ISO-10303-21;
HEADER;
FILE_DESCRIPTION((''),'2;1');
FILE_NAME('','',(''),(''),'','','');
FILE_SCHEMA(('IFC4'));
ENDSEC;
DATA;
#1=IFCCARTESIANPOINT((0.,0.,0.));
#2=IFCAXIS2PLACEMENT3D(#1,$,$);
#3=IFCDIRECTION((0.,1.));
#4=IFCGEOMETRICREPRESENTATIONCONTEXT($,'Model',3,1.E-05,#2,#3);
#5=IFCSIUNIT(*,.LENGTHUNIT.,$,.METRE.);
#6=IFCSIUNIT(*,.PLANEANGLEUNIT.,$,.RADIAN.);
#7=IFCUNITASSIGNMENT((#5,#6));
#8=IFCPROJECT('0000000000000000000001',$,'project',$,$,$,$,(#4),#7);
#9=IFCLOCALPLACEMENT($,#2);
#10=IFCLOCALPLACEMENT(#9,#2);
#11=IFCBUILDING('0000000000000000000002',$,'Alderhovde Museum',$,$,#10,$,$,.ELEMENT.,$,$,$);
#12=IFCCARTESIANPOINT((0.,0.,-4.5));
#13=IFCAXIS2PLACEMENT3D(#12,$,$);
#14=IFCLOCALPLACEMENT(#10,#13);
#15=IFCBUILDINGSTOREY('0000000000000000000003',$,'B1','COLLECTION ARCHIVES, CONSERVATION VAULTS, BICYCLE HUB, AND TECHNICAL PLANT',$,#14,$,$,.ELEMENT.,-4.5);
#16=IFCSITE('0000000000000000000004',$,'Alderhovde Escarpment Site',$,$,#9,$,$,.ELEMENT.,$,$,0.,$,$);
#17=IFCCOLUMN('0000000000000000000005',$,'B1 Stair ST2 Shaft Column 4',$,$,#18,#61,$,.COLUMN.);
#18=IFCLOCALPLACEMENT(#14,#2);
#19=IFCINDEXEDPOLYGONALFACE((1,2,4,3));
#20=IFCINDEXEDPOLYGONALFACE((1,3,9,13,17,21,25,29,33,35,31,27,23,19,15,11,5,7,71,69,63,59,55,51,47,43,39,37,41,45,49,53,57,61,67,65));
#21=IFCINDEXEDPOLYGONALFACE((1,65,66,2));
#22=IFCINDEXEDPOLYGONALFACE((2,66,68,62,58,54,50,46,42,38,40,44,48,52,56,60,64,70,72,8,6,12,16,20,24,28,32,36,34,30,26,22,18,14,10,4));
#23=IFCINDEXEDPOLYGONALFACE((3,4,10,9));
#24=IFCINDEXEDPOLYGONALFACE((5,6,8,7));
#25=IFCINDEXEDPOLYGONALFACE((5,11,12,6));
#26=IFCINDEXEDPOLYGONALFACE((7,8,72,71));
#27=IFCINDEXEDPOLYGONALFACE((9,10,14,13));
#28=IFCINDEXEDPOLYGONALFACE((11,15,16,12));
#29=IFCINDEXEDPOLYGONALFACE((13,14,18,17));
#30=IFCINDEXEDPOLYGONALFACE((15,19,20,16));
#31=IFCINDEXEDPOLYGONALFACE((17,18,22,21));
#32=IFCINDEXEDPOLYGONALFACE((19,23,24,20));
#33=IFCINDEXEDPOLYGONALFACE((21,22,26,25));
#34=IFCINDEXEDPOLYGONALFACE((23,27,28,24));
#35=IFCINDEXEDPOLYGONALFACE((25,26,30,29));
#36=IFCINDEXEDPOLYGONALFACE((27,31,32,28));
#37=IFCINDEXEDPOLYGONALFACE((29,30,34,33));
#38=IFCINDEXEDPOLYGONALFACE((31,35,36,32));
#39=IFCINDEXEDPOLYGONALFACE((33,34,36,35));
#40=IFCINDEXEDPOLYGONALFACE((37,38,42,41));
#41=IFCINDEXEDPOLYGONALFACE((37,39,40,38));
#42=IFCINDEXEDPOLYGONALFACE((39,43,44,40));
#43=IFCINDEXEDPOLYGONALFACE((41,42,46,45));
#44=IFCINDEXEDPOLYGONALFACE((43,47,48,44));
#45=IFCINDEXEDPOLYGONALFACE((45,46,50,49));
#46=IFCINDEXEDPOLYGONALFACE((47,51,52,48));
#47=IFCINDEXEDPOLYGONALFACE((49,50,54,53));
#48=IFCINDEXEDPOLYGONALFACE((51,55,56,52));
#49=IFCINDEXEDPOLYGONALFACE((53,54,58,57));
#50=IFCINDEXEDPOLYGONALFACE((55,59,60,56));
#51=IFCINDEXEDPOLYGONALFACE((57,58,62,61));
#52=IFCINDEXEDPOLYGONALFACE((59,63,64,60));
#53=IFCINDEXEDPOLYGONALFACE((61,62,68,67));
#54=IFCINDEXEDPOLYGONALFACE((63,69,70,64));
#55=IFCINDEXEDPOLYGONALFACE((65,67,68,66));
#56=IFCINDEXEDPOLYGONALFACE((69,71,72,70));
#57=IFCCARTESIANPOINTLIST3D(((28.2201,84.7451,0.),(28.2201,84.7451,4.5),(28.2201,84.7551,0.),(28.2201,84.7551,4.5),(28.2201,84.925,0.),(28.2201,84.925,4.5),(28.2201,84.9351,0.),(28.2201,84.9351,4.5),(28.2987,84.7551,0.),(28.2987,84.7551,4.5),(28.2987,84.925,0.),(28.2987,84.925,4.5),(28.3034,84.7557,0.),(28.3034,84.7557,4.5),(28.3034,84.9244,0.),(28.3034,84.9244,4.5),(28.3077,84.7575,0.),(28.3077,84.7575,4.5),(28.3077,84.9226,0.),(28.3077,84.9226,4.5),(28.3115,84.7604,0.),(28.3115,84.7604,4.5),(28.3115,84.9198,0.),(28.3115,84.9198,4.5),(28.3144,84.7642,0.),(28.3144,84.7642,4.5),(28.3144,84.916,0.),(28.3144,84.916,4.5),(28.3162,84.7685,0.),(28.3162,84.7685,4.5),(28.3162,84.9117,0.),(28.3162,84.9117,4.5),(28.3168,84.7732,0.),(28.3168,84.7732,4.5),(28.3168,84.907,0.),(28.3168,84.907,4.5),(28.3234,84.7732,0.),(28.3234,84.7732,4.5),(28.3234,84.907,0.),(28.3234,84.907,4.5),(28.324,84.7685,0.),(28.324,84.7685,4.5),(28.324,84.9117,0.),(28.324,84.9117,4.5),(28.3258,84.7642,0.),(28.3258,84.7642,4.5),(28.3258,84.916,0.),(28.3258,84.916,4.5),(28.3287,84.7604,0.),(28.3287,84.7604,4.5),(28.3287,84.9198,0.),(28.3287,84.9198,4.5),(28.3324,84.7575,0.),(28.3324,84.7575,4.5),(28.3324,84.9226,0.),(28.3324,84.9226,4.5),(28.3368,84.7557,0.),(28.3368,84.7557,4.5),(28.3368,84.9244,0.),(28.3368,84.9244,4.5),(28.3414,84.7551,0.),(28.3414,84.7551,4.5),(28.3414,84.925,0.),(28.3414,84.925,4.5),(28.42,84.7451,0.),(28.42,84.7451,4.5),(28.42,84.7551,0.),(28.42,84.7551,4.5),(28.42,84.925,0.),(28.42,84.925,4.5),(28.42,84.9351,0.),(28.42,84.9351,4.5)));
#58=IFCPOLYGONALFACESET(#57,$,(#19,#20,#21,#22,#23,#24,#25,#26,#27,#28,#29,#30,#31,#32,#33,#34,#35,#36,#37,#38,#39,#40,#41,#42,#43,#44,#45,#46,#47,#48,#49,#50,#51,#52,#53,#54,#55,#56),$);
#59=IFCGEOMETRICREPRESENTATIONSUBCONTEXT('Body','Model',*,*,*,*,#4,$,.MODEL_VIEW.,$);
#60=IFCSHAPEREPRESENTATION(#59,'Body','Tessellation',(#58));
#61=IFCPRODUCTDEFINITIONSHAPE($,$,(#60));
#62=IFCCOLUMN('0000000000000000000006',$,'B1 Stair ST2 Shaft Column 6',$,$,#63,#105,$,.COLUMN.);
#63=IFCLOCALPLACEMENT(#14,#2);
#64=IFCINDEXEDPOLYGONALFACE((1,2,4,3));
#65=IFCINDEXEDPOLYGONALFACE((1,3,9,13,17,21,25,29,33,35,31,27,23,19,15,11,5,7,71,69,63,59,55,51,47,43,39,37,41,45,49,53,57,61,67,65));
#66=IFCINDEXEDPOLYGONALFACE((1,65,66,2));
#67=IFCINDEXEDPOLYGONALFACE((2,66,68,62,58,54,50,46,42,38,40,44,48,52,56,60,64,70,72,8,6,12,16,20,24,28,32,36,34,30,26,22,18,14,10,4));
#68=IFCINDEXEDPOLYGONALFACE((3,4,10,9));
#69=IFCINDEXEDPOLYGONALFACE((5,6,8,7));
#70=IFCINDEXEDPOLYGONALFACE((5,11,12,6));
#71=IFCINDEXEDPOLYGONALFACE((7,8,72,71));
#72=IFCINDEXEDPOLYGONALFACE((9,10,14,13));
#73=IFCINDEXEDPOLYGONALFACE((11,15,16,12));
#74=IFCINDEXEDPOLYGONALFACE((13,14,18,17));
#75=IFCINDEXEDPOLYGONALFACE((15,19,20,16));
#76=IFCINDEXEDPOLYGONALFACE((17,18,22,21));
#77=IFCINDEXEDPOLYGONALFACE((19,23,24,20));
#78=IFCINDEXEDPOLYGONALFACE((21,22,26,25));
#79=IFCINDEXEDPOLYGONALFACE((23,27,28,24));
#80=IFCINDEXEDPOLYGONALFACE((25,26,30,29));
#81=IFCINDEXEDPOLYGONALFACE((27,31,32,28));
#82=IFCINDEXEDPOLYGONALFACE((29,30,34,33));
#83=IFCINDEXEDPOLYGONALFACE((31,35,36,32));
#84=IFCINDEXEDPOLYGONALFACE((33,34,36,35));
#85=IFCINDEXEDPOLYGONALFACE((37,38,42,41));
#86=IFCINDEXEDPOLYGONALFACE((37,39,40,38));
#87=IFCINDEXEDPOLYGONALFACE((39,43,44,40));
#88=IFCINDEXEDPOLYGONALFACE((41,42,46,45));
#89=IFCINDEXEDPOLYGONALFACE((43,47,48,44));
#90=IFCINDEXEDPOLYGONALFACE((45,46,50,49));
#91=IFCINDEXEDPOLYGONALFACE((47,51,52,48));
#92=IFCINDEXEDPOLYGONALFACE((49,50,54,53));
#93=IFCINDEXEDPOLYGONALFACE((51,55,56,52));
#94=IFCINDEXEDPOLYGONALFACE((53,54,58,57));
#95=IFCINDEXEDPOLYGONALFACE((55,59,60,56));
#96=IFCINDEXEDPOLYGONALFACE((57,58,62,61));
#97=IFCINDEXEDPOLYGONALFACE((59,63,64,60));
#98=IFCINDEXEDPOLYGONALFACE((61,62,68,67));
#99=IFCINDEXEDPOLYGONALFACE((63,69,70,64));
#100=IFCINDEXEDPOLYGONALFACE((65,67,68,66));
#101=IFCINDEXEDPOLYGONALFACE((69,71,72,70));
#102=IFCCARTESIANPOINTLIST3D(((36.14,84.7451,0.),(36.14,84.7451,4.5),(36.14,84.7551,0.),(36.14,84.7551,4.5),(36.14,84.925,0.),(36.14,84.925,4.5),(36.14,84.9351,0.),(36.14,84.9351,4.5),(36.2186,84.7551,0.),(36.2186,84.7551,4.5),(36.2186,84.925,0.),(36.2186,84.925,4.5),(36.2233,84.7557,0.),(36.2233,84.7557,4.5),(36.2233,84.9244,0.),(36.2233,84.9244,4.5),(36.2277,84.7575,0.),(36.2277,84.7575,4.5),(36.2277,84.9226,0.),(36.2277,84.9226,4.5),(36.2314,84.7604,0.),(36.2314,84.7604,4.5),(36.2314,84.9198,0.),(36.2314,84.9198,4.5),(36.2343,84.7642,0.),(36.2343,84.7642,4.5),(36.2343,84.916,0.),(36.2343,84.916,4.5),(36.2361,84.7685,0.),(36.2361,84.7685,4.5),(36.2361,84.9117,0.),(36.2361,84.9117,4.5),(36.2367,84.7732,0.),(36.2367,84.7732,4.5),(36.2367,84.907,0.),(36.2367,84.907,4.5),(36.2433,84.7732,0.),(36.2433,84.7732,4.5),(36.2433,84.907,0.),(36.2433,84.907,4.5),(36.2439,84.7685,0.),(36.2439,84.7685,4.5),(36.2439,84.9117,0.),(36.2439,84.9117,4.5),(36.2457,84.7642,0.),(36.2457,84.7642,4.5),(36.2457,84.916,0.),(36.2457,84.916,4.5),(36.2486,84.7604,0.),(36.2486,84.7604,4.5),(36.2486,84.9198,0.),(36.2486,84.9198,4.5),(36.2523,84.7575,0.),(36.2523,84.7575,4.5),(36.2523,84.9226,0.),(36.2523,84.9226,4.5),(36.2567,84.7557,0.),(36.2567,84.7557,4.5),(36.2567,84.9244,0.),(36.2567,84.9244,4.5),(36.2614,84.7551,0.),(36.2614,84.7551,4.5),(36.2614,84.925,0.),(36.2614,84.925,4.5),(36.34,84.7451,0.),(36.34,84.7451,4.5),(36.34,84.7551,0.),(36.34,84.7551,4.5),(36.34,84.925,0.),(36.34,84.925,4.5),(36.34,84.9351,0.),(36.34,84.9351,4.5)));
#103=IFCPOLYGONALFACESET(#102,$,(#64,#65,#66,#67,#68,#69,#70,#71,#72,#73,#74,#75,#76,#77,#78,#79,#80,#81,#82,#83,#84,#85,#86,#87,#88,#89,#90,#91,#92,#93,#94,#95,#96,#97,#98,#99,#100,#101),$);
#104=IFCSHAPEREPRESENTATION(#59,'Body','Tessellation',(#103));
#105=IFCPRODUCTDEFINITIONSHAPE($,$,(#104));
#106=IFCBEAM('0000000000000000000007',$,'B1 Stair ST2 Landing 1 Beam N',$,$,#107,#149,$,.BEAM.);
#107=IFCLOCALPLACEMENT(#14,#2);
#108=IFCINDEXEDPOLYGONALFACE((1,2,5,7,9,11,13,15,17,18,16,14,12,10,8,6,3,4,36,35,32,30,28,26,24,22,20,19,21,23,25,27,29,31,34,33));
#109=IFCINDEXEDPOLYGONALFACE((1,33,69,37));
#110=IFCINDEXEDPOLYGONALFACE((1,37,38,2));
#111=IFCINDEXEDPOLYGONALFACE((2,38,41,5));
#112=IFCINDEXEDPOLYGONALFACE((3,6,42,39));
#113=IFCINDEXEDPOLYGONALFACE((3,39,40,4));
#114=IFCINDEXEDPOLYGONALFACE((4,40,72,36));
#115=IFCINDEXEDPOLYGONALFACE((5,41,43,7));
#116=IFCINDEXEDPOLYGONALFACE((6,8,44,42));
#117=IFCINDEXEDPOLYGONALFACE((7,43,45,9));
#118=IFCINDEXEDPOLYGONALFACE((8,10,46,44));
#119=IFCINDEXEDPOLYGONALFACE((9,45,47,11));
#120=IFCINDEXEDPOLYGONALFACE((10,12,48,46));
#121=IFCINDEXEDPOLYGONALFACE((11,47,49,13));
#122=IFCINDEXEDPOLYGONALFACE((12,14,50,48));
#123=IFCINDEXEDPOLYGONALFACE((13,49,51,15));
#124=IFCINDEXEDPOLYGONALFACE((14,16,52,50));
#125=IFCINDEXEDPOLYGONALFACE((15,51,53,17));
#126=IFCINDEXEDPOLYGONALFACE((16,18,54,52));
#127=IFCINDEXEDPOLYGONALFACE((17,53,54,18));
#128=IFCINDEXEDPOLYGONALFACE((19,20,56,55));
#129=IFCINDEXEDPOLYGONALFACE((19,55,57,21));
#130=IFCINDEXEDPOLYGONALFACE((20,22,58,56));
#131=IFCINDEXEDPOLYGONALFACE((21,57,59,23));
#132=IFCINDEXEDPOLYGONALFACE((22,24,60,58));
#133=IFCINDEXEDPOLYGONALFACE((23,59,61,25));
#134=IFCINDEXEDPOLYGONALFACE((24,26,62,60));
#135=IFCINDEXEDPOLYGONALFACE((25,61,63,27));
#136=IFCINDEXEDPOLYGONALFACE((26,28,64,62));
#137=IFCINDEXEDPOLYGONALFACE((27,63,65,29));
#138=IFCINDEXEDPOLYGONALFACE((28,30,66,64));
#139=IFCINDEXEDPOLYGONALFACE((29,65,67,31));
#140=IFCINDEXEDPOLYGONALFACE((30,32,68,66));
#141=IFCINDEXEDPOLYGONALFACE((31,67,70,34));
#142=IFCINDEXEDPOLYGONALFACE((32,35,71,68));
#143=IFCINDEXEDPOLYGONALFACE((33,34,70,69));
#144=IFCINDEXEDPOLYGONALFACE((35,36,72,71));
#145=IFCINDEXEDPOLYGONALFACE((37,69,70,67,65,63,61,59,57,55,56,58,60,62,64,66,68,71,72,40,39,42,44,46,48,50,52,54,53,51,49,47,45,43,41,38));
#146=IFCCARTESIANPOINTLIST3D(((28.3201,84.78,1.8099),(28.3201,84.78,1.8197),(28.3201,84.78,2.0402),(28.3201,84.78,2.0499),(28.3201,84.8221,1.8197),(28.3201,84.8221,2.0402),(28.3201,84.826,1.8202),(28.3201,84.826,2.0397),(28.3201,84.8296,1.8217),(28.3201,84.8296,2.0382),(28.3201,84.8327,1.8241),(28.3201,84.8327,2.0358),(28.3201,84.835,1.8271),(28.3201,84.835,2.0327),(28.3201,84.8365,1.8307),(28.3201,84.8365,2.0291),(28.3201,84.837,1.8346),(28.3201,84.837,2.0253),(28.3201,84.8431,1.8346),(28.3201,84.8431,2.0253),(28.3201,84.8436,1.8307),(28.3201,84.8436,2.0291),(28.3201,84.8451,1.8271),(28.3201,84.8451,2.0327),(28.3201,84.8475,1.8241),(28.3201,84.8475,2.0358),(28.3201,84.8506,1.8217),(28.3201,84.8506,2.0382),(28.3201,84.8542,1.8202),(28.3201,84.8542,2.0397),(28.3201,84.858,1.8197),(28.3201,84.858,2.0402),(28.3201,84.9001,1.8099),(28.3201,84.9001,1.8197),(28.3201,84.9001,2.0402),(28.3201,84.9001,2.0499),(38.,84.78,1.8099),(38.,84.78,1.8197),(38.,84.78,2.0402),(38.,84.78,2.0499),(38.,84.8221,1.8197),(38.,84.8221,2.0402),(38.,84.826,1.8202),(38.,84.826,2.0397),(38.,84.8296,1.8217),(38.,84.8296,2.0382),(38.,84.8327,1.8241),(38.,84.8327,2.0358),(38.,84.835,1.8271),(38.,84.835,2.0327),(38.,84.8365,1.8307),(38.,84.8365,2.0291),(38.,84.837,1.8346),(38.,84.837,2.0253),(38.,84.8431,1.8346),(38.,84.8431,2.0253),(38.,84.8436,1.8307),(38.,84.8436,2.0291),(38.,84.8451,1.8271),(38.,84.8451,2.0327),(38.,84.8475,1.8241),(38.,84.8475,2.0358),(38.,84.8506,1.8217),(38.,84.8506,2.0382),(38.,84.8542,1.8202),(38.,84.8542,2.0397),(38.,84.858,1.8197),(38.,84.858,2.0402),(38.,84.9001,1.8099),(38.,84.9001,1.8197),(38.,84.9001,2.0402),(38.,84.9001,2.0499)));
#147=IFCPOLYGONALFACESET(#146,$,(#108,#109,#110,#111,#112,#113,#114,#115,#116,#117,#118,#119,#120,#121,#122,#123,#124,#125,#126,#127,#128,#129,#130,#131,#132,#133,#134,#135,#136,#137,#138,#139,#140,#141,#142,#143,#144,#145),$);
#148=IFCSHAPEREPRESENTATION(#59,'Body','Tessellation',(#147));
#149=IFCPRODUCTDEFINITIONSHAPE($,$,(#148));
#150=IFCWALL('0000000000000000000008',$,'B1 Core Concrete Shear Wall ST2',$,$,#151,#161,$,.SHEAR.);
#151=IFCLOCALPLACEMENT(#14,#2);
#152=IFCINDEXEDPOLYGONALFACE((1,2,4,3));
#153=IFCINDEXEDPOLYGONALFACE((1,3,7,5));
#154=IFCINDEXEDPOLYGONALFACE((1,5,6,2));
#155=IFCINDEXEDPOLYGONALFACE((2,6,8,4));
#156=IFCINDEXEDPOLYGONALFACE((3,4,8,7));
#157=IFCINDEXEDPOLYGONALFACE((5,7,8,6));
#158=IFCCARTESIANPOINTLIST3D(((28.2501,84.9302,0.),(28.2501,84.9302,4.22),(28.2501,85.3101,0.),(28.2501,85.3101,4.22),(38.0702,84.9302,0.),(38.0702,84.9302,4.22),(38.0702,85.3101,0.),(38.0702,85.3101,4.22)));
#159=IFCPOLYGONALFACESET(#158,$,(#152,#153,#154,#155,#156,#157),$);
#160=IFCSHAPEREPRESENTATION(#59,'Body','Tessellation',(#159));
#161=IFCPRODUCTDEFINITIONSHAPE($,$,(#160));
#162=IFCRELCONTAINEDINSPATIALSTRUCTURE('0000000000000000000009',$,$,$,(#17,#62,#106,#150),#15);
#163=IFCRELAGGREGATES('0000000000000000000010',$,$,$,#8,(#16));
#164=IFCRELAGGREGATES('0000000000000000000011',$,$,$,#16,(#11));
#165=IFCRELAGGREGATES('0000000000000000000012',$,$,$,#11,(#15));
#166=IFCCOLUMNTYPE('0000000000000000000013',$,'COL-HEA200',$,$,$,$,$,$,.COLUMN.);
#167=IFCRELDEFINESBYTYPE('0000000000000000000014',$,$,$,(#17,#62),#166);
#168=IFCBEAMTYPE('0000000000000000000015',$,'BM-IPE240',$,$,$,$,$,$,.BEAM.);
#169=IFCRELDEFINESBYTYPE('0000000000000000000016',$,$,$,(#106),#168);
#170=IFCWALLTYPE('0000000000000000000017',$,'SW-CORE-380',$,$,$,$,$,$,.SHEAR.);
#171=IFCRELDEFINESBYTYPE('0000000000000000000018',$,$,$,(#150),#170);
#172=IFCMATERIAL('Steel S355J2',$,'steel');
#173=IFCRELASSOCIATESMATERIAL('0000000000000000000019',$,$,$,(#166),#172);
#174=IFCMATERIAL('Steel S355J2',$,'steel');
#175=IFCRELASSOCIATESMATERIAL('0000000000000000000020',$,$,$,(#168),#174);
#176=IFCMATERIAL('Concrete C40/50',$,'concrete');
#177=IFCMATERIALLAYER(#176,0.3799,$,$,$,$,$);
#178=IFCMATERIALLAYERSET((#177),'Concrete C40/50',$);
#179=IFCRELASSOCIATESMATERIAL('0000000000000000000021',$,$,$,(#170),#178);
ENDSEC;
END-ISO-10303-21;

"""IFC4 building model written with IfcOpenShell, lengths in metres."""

from ifc_helpers import new_model, si_unit, direction, frame, frame_2d, origin, origin_2d, place, context, subcontext, project, spatial, rectangle, i_section, extrude, material, layer, layer_set, material_profile, profile_set, type_object, element, save


model = new_model("IFC4")

# Units and contexts
model_context = context("Model", 3, precision=1e-05, world=origin(), true_north=direction((0.0, 1.0)))
body_context = subcontext(model_context, "Body", "Model", "MODEL_VIEW")
ifc_project = project(units=[si_unit("LENGTHUNIT", "METRE"), si_unit("PLANEANGLEUNIT", "RADIAN")], contexts=[model_context])

# Site, building, storey
site_placement = place(None, origin())
site = spatial("IfcSite", under=ifc_project, at=site_placement, Name="Alderhovde Escarpment Site", CompositionType="ELEMENT", RefElevation=0.0)
building_placement = place(site_placement, origin())
building = spatial("IfcBuilding", under=site, at=building_placement, Name="Alderhovde Museum", CompositionType="ELEMENT")
storey_placement = place(building_placement, frame((0.0, 0.0, -4.5)))
storey = spatial("IfcBuildingStorey", under=building, at=storey_placement, Name="B1", Description="COLLECTION ARCHIVES, CONSERVATION VAULTS, BICYCLE HUB, AND TECHNICAL PLANT", CompositionType="ELEMENT", Elevation=-4.5)

# Columns
ifc_material_1 = material(Name="Steel S355J2", Category="steel")
ifc_material_profile_1 = material_profile(ifc_material_1, i_section(OverallWidth=0.2, OverallDepth=0.1899, WebThickness=0.0066, FlangeThickness=0.01, FilletRadius=0.0181, at=origin_2d()), Name="HEA 200")
ifc_profile_set_1 = profile_set([ifc_material_profile_1], Name="Steel S355J2")
column_type = type_object("IfcColumnType", Name="COL-HEA200", PredefinedType="COLUMN", material=ifc_profile_set_1)
for number, where, z_axis, x_axis, name in (
    (1, (28.3201, 84.8401, 0.0), (0.0, 0.0, 1.0), (1.0, 0.0, 0.0), "B1 Stair ST2 Shaft Column 4"),
    (2, (36.24, 84.8401, 0.0), (0.0, 0.0, 1.0), (1.0, 0.0, 0.0), "B1 Stair ST2 Shaft Column 6"),
):
    element("IfcColumn", number, at=place(storey_placement, frame(where, z_axis=z_axis, x_axis=x_axis)), inside=storey, type_object=column_type, Name=name, PredefinedType="COLUMN", context=body_context, shape_type="SweptSolid", body=[
        extrude(i_section(OverallWidth=0.2, OverallDepth=0.1899, WebThickness=0.0066, FlangeThickness=0.01, FilletRadius=0.0181, at=origin_2d()), origin(), (0.0, 0.0, 1.0), 4.5),
    ])

# Beam
ifc_material_2 = material(Name="Steel S355J2", Category="steel")
ifc_material_profile_2 = material_profile(ifc_material_2, i_section(OverallWidth=0.1201, OverallDepth=0.24, WebThickness=0.0061, FlangeThickness=0.0098, FilletRadius=0.0149, at=origin_2d()), Name="IPE 240")
ifc_profile_set_2 = profile_set([ifc_material_profile_2], Name="Steel S355J2")
beam_type = type_object("IfcBeamType", Name="BM-IPE240", PredefinedType="BEAM", material=ifc_profile_set_2)
beam_placement = place(storey_placement, frame((28.3201, 84.8401, 1.9299), z_axis=(1.0, 0.0, 0.0), x_axis=(0.0, 1.0, 0.0)))
element("IfcBeam", 3, at=beam_placement, inside=storey, type_object=beam_type, Name="B1 Stair ST2 Landing 1 Beam N", PredefinedType="BEAM", context=body_context, shape_type="SweptSolid", body=[
    extrude(i_section(OverallWidth=0.1201, OverallDepth=0.24, WebThickness=0.0061, FlangeThickness=0.0098, FilletRadius=0.0149, at=origin_2d()), origin(), (0.0, 0.0, 1.0), 9.6799),
])

# Wall
ifc_material_3 = material(Name="Concrete C40/50", Category="concrete")
ifc_layer = layer(ifc_material_3, 0.3799)
ifc_layer_set = layer_set([ifc_layer], Name="Concrete C40/50")
wall_type = type_object("IfcWallType", Name="SW-CORE-380", PredefinedType="SHEAR", material=ifc_layer_set)
wall_placement = place(storey_placement, frame((28.25, 85.1201, 0.0), z_axis=(0.0, 0.0, 1.0), x_axis=(1.0, 0.0, 0.0)))
element("IfcWall", 4, at=wall_placement, inside=storey, type_object=wall_type, Name="B1 Core Concrete Shear Wall ST2", PredefinedType="SHEAR", context=body_context, shape_type="SweptSolid", body=[
    extrude(rectangle(XDim=9.8201, YDim=0.3799, at=frame_2d((4.9102, 0.0))), origin(), (0.0, 0.0, 1.0), 4.22),
])

save(model, "model.ifc")
